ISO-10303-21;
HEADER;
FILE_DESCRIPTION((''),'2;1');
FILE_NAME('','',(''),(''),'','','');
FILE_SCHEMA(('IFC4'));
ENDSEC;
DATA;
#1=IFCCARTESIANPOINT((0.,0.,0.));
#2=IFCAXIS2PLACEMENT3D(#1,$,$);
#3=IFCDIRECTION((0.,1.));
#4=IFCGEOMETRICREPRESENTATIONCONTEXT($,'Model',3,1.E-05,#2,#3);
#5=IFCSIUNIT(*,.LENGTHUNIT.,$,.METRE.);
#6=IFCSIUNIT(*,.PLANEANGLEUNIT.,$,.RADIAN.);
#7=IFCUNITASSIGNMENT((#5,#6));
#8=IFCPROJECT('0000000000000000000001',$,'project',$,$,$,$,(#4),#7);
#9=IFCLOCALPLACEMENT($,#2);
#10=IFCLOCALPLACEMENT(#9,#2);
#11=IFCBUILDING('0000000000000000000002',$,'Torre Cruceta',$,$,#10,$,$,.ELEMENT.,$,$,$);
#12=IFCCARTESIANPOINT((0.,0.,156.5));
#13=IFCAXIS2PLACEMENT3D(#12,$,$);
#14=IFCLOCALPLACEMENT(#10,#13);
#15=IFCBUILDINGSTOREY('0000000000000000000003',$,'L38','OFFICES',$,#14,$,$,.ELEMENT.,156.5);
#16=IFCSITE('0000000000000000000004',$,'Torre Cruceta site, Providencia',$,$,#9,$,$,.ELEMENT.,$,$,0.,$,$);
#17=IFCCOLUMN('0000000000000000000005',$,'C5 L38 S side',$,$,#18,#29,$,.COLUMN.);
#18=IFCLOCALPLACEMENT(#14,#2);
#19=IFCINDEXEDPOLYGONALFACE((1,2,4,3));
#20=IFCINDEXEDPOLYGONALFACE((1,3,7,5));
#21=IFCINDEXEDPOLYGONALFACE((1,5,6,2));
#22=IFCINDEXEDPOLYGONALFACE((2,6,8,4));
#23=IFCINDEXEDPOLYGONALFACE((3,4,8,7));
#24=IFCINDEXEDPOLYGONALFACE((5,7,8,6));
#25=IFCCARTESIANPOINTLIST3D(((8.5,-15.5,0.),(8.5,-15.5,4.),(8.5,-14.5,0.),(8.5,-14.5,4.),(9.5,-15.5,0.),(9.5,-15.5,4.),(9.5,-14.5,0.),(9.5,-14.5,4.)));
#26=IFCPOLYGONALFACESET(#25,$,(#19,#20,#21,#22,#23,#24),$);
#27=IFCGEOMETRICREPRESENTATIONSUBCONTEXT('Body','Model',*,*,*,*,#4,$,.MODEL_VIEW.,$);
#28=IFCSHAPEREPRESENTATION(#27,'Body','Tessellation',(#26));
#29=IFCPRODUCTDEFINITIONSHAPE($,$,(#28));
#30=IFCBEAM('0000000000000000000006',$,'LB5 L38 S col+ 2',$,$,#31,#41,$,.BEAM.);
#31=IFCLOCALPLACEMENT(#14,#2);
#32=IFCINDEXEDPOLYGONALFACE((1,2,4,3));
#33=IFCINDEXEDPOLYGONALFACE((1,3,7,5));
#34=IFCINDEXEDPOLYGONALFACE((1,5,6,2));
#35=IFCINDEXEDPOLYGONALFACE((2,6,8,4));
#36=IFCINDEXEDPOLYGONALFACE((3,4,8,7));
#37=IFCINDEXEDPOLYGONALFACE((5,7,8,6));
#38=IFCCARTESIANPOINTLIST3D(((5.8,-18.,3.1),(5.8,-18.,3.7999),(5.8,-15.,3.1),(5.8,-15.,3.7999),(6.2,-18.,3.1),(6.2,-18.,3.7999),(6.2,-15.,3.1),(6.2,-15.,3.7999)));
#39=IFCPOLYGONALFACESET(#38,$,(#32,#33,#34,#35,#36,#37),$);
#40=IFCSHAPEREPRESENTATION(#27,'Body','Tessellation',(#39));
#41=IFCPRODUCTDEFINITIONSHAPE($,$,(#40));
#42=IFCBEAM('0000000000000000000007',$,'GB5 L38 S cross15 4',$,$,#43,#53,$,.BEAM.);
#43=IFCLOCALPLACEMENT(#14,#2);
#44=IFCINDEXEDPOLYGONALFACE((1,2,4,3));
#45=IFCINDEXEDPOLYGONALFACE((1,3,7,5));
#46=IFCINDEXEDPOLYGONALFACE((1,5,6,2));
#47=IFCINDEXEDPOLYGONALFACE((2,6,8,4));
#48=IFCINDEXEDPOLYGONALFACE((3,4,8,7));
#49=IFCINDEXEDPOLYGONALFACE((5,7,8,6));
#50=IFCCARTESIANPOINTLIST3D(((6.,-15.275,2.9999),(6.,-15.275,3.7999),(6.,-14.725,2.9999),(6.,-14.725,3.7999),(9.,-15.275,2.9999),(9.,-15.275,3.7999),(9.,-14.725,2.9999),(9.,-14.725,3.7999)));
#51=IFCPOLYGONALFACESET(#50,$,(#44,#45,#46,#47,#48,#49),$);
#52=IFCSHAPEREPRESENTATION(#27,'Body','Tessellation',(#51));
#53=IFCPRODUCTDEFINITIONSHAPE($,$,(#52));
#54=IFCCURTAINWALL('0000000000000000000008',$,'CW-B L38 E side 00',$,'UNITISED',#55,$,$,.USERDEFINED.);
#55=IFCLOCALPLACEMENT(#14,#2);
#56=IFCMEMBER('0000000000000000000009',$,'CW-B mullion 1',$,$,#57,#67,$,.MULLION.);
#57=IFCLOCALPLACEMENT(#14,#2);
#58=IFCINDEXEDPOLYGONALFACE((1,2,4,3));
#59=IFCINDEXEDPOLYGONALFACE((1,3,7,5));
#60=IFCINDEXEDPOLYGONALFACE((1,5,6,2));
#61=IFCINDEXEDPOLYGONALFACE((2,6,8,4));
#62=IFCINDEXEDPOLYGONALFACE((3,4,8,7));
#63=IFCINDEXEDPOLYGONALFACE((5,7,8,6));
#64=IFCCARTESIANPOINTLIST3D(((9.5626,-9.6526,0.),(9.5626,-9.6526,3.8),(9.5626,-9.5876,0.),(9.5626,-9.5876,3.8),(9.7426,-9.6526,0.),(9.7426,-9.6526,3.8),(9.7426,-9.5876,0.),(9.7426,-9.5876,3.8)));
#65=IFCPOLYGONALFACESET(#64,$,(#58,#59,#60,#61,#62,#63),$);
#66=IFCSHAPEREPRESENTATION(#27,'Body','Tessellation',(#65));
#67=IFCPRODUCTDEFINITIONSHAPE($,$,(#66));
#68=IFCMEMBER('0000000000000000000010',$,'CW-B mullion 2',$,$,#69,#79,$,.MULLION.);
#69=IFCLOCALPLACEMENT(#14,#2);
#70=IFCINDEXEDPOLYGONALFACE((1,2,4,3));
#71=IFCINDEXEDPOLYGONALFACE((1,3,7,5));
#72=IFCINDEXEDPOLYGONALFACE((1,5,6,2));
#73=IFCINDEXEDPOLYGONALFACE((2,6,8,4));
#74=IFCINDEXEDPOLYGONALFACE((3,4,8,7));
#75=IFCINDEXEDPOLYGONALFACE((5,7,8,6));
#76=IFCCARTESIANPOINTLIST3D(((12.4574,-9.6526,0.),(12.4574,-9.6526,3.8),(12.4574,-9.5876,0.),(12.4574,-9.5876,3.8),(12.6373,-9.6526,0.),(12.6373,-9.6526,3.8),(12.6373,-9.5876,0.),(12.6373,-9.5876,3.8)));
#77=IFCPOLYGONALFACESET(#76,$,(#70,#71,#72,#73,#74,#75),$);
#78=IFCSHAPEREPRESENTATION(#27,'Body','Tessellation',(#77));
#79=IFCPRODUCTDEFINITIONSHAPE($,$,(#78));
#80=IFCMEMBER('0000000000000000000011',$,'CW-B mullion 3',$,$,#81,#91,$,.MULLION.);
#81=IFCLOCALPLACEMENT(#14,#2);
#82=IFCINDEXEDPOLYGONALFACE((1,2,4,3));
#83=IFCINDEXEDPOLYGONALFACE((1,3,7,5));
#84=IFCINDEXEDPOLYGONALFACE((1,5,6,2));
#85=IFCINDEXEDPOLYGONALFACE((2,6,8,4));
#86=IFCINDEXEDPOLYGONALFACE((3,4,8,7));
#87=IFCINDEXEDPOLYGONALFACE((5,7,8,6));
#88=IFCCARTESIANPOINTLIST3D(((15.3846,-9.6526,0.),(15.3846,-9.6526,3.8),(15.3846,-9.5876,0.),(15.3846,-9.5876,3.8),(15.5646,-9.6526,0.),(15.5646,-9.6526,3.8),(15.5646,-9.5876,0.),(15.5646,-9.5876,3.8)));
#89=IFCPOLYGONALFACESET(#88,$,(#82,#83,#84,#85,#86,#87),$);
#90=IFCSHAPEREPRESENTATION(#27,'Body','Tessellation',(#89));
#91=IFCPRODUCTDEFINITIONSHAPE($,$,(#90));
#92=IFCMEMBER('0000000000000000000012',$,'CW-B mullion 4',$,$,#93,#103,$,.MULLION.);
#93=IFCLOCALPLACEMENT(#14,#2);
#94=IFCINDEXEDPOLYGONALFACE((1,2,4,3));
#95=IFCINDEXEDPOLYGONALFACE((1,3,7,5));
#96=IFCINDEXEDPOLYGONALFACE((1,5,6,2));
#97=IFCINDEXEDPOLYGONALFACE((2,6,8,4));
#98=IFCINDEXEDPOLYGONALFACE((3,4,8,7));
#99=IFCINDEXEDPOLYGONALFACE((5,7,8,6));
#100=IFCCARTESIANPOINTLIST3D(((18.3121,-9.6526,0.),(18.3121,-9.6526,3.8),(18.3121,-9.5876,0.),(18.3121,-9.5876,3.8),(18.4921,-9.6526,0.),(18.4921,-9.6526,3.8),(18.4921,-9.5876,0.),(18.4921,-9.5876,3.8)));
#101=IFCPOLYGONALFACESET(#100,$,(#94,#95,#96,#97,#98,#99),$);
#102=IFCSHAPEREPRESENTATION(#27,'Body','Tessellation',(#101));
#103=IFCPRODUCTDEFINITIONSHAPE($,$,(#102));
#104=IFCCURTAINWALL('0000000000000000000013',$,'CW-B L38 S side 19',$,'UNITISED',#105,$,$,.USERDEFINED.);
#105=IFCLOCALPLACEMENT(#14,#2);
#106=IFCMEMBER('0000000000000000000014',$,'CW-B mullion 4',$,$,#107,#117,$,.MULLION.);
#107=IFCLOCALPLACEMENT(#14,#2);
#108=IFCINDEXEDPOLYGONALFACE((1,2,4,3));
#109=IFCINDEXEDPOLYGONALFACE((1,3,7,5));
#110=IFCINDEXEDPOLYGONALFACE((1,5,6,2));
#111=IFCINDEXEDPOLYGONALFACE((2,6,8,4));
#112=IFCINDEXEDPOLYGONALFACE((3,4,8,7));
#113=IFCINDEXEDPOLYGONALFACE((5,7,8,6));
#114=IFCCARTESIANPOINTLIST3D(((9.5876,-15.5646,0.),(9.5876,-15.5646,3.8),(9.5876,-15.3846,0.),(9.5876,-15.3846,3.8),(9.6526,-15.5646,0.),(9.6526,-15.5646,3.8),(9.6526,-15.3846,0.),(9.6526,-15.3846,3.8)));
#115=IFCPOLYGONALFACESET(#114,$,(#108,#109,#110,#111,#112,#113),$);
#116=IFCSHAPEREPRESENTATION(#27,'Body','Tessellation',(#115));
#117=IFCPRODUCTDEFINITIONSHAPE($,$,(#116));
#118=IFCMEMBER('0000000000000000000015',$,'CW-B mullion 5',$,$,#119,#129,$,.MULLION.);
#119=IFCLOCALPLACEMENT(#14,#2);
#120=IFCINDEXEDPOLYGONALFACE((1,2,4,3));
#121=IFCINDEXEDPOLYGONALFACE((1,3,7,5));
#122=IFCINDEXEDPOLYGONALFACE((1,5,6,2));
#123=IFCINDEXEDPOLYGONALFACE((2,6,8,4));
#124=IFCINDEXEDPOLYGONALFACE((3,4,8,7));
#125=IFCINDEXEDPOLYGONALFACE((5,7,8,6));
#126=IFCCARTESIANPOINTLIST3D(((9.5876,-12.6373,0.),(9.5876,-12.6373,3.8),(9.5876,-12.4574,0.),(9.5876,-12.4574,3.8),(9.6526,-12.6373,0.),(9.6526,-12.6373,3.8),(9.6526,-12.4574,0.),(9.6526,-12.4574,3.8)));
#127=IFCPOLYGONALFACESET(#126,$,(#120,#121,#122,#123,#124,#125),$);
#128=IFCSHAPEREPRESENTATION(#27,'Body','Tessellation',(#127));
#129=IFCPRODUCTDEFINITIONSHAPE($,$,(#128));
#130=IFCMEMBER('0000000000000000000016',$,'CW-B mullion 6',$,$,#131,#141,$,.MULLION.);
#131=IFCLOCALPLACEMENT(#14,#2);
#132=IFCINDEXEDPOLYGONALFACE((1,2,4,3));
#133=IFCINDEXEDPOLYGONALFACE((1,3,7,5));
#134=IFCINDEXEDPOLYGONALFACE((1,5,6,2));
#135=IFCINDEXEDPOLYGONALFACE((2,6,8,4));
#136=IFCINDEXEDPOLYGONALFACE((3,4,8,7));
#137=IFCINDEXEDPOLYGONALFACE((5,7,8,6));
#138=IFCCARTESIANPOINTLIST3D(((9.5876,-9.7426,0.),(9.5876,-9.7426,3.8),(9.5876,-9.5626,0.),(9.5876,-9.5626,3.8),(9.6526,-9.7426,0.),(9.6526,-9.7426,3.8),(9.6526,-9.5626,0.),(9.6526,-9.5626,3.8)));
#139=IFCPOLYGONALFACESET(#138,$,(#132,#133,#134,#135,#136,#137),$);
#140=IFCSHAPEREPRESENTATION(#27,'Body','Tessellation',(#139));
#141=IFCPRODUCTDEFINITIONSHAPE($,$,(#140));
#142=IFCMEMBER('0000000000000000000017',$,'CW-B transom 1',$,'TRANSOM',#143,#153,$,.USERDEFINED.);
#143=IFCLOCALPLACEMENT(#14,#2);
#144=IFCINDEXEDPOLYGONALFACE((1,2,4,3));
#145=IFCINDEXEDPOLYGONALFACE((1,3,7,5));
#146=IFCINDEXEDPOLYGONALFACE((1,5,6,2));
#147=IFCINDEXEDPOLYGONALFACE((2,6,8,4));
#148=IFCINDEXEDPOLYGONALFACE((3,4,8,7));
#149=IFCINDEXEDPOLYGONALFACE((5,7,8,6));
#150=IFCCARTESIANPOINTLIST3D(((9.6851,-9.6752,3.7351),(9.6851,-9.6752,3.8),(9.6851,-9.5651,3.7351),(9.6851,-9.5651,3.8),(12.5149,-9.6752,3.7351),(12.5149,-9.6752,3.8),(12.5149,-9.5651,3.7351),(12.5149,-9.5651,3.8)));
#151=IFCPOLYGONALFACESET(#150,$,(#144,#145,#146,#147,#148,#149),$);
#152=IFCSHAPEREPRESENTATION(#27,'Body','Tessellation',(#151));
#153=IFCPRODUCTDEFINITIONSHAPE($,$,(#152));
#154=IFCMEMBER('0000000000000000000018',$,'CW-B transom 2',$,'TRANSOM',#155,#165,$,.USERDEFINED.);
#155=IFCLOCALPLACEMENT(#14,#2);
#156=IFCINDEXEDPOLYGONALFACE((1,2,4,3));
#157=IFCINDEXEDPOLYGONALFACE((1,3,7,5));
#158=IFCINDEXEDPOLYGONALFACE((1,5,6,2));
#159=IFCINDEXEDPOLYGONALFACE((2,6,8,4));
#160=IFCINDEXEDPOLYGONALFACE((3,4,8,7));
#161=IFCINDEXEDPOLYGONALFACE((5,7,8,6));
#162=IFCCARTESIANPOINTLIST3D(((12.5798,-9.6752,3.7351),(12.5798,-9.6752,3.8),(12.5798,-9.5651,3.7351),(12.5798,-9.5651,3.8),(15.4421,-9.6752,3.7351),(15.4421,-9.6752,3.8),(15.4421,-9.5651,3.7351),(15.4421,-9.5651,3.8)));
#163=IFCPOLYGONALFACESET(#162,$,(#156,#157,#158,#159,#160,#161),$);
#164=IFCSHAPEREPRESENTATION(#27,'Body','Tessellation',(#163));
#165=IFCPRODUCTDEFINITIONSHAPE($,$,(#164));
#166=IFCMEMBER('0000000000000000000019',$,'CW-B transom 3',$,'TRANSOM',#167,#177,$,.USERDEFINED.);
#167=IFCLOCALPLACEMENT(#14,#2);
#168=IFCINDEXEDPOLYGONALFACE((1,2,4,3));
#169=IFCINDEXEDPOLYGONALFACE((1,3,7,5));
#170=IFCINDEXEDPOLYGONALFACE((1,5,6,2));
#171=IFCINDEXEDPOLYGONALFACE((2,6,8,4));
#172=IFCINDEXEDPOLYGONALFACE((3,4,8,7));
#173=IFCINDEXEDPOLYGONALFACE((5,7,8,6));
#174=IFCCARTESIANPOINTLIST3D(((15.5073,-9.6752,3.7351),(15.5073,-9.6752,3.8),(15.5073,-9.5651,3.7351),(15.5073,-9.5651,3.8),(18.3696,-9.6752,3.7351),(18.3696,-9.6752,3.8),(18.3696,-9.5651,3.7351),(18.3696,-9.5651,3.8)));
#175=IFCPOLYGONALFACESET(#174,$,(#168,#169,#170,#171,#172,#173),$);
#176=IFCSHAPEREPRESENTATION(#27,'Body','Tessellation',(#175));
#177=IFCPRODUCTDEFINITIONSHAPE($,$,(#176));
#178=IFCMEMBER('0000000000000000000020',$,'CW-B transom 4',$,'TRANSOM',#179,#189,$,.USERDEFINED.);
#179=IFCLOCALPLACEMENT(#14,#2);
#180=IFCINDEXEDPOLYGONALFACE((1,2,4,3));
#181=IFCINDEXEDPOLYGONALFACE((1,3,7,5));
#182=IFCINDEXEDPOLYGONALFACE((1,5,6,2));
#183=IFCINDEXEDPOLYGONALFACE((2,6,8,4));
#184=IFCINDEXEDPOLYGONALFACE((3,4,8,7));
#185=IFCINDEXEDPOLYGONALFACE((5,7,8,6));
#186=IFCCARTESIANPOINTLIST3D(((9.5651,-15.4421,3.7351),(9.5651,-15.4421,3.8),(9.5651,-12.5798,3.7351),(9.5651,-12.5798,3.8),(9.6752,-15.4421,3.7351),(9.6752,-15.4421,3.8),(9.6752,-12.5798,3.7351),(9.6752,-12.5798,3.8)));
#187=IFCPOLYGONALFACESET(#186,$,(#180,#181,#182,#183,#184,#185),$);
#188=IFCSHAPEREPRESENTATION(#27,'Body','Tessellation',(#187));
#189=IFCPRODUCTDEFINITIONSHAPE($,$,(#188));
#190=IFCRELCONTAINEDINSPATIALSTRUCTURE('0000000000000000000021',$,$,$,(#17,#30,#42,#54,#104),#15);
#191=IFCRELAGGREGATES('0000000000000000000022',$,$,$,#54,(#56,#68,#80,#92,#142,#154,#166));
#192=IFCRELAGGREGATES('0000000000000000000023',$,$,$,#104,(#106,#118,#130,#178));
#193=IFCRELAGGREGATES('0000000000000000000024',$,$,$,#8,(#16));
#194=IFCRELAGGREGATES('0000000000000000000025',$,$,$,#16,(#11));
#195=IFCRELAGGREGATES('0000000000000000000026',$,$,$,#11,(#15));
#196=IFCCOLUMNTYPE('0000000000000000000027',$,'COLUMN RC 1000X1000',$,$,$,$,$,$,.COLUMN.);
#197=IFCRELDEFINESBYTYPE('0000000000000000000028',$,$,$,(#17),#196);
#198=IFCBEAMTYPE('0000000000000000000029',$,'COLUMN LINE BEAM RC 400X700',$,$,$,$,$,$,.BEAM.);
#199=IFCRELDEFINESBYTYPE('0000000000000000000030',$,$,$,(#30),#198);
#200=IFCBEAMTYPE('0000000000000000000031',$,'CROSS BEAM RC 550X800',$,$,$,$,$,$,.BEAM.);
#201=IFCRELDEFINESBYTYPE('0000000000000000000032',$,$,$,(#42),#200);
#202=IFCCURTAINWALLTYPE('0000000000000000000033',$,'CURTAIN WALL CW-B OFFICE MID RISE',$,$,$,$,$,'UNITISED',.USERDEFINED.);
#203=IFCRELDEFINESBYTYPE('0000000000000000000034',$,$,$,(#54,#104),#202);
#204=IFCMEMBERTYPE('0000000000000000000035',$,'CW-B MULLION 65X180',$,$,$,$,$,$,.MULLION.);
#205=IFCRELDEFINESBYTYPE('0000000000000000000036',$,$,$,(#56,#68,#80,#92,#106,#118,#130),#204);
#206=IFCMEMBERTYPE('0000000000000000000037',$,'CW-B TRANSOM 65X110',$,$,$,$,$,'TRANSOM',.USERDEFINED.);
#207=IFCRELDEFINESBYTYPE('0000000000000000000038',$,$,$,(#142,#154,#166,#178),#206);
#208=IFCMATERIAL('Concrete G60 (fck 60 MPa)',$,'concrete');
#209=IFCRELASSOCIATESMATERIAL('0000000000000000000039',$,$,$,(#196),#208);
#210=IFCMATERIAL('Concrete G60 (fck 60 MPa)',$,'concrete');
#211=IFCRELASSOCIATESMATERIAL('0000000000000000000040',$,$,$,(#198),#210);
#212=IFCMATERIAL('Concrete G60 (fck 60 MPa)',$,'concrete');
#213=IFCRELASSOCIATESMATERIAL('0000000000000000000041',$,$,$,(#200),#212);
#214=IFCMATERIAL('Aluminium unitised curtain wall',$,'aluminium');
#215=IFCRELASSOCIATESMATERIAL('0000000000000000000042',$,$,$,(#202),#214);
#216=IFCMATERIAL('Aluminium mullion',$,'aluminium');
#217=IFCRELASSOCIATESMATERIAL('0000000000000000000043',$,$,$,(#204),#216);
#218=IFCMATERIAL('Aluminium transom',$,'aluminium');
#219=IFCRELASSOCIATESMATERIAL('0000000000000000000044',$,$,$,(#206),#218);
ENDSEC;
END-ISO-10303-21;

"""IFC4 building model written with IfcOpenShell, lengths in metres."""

from ifc_helpers import new_model, si_unit, direction, frame, origin, origin_2d, place, context, subcontext, project, spatial, rectangle, extrude, material, material_profile, profile_set, type_object, element, aggregate, save


model = new_model("IFC4")

# Units and contexts
model_context = context("Model", 3, precision=1e-05, world=origin(), true_north=direction((0.0, 1.0)))
body_context = subcontext(model_context, "Body", "Model", "MODEL_VIEW")
ifc_project = project(units=[si_unit("LENGTHUNIT", "METRE"), si_unit("PLANEANGLEUNIT", "RADIAN")], contexts=[model_context])

# Site, building, storey
site_placement = place(None, origin())
site = spatial("IfcSite", under=ifc_project, at=site_placement, Name="Torre Cruceta site, Providencia", CompositionType="ELEMENT", RefElevation=0.0)
building_placement = place(site_placement, origin())
building = spatial("IfcBuilding", under=site, at=building_placement, Name="Torre Cruceta", CompositionType="ELEMENT")
storey_placement = place(building_placement, frame((0.0, 0.0, 156.5)))
storey = spatial("IfcBuildingStorey", under=building, at=storey_placement, Name="L38", Description="OFFICES", CompositionType="ELEMENT", Elevation=156.5)

# Column
ifc_material_1 = material(Name="Concrete G60 (fck 60 MPa)", Category="concrete")
ifc_material_profile_1 = material_profile(ifc_material_1, rectangle(XDim=1.0, YDim=1.0, at=origin_2d()), Name="RC 1000X1000")
ifc_profile_set_1 = profile_set([ifc_material_profile_1], Name="Concrete G60 (fck 60 MPa)")
column_type = type_object("IfcColumnType", Name="COLUMN RC 1000X1000", PredefinedType="COLUMN", material=ifc_profile_set_1)
column_placement = place(storey_placement, frame((9.0, -15.0, 0.0), z_axis=(0.0, 0.0, 1.0), x_axis=(1.0, 0.0, 0.0)))
element("IfcColumn", 1, at=column_placement, inside=storey, type_object=column_type, Name="C5 L38 S side", PredefinedType="COLUMN", context=body_context, shape_type="SweptSolid", body=[
    extrude(rectangle(XDim=1.0, YDim=1.0, at=origin_2d()), origin(), (0.0, 0.0, 1.0), 4.0),
])

# Beams
ifc_material_2 = material(Name="Concrete G60 (fck 60 MPa)", Category="concrete")
ifc_material_profile_2 = material_profile(ifc_material_2, rectangle(XDim=0.3999, YDim=0.7, at=origin_2d()), Name="RC 400X700")
ifc_profile_set_2 = profile_set([ifc_material_profile_2], Name="Concrete G60 (fck 60 MPa)")
beam_type_1 = type_object("IfcBeamType", Name="COLUMN LINE BEAM RC 400X700", PredefinedType="BEAM", material=ifc_profile_set_2)
beam_1_placement = place(storey_placement, frame((6.0, -15.0, 3.45), z_axis=(0.0, -1.0, 0.0), x_axis=(1.0, 0.0, 0.0)))
element("IfcBeam", 2, at=beam_1_placement, inside=storey, type_object=beam_type_1, Name="LB5 L38 S col+ 2", PredefinedType="BEAM", context=body_context, shape_type="SweptSolid", body=[
    extrude(rectangle(XDim=0.3999, YDim=0.7, at=origin_2d()), origin(), (0.0, 0.0, 1.0), 3.0),
])
ifc_material_3 = material(Name="Concrete G60 (fck 60 MPa)", Category="concrete")
ifc_material_profile_3 = material_profile(ifc_material_3, rectangle(XDim=0.55, YDim=0.8, at=origin_2d()), Name="RC 550X800")
ifc_profile_set_3 = profile_set([ifc_material_profile_3], Name="Concrete G60 (fck 60 MPa)")
beam_type_2 = type_object("IfcBeamType", Name="CROSS BEAM RC 550X800", PredefinedType="BEAM", material=ifc_profile_set_3)
beam_2_placement = place(storey_placement, frame((6.0, -15.0, 3.3999), z_axis=(1.0, 0.0, 0.0), x_axis=(0.0, 1.0, 0.0)))
element("IfcBeam", 3, at=beam_2_placement, inside=storey, type_object=beam_type_2, Name="GB5 L38 S cross15 4", PredefinedType="BEAM", context=body_context, shape_type="SweptSolid", body=[
    extrude(rectangle(XDim=0.55, YDim=0.8, at=origin_2d()), origin(), (0.0, 0.0, 1.0), 3.0),
])

# Curtain walls, members
ifc_material_4 = material(Name="Aluminium unitised curtain wall", Category="aluminium")
curtain_wall_type = type_object("IfcCurtainWallType", Name="CURTAIN WALL CW-B OFFICE MID RISE", ElementType="UNITISED", PredefinedType="USERDEFINED", material=ifc_material_4)
curtain_wall_1_placement = place(storey_placement, origin())
curtain_wall_1 = element("IfcCurtainWall", 4, at=curtain_wall_1_placement, inside=storey, type_object=curtain_wall_type, Name="CW-B L38 E side 00", ObjectType="UNITISED", PredefinedType="USERDEFINED")
ifc_material_5 = material(Name="Aluminium mullion", Category="aluminium")
ifc_material_profile_4 = material_profile(ifc_material_5, rectangle(XDim=0.0649, YDim=0.1799, at=origin_2d()), Name="AL 65X180")
ifc_profile_set_4 = profile_set([ifc_material_profile_4], Name="Aluminium mullion")
member_type_1 = type_object("IfcMemberType", Name="CW-B MULLION 65X180", PredefinedType="MULLION", material=ifc_profile_set_4)
member_1_placement = place(storey_placement, frame((9.6526, -9.6201, 0.0), z_axis=(0.0, 0.0, 1.0), x_axis=(0.0, 1.0, 0.0)))
member_1 = element("IfcMember", 5, at=member_1_placement, type_object=member_type_1, Name="CW-B mullion 1", PredefinedType="MULLION", context=body_context, shape_type="SweptSolid", body=[
    extrude(rectangle(XDim=0.0649, YDim=0.1799, at=origin_2d()), origin(), (0.0, 0.0, 1.0), 3.8),
])
member_2_placement = place(storey_placement, frame((12.5474, -9.6201, 0.0), z_axis=(0.0, 0.0, 1.0), x_axis=(0.0, 1.0, 0.0)))
member_2 = element("IfcMember", 6, at=member_2_placement, type_object=member_type_1, Name="CW-B mullion 2", PredefinedType="MULLION", context=body_context, shape_type="SweptSolid", body=[
    extrude(rectangle(XDim=0.0649, YDim=0.1799, at=origin_2d()), origin(), (0.0, 0.0, 1.0), 3.8),
])
member_3_placement = place(storey_placement, frame((15.4746, -9.6201, 0.0), z_axis=(0.0, 0.0, 1.0), x_axis=(0.0, 1.0, 0.0)))
member_3 = element("IfcMember", 7, at=member_3_placement, type_object=member_type_1, Name="CW-B mullion 3", PredefinedType="MULLION", context=body_context, shape_type="SweptSolid", body=[
    extrude(rectangle(XDim=0.0649, YDim=0.1799, at=origin_2d()), origin(), (0.0, 0.0, 1.0), 3.8),
])
member_4_placement = place(storey_placement, frame((18.4021, -9.6201, 0.0), z_axis=(0.0, 0.0, 1.0), x_axis=(0.0, 1.0, 0.0)))
member_4 = element("IfcMember", 8, at=member_4_placement, type_object=member_type_1, Name="CW-B mullion 4", PredefinedType="MULLION", context=body_context, shape_type="SweptSolid", body=[
    extrude(rectangle(XDim=0.0649, YDim=0.1799, at=origin_2d()), origin(), (0.0, 0.0, 1.0), 3.8),
])
curtain_wall_2_placement = place(storey_placement, origin())
curtain_wall_2 = element("IfcCurtainWall", 9, at=curtain_wall_2_placement, inside=storey, type_object=curtain_wall_type, Name="CW-B L38 S side 19", ObjectType="UNITISED", PredefinedType="USERDEFINED")
member_5_placement = place(storey_placement, frame((9.6201, -15.4746, 0.0), z_axis=(0.0, 0.0, 1.0), x_axis=(-1.0, 0.0, 0.0)))
member_5 = element("IfcMember", 10, at=member_5_placement, type_object=member_type_1, Name="CW-B mullion 4", PredefinedType="MULLION", context=body_context, shape_type="SweptSolid", body=[
    extrude(rectangle(XDim=0.0649, YDim=0.1799, at=origin_2d()), origin(), (0.0, 0.0, 1.0), 3.8),
])
member_6_placement = place(storey_placement, frame((9.6201, -12.5474, 0.0), z_axis=(0.0, 0.0, 1.0), x_axis=(-1.0, 0.0, 0.0)))
member_6 = element("IfcMember", 11, at=member_6_placement, type_object=member_type_1, Name="CW-B mullion 5", PredefinedType="MULLION", context=body_context, shape_type="SweptSolid", body=[
    extrude(rectangle(XDim=0.0649, YDim=0.1799, at=origin_2d()), origin(), (0.0, 0.0, 1.0), 3.8),
])
member_7_placement = place(storey_placement, frame((9.6201, -9.6526, 0.0), z_axis=(0.0, 0.0, 1.0), x_axis=(-1.0, 0.0, 0.0)))
member_7 = element("IfcMember", 12, at=member_7_placement, type_object=member_type_1, Name="CW-B mullion 6", PredefinedType="MULLION", context=body_context, shape_type="SweptSolid", body=[
    extrude(rectangle(XDim=0.0649, YDim=0.1799, at=origin_2d()), origin(), (0.0, 0.0, 1.0), 3.8),
])

# Members
ifc_material_6 = material(Name="Aluminium transom", Category="aluminium")
ifc_material_profile_5 = material_profile(ifc_material_6, rectangle(XDim=0.1101, YDim=0.0649, at=origin_2d()), Name="AL 110X65")
ifc_profile_set_5 = profile_set([ifc_material_profile_5], Name="Aluminium transom")
member_type_2 = type_object("IfcMemberType", Name="CW-B TRANSOM 65X110", ElementType="TRANSOM", PredefinedType="USERDEFINED", material=ifc_profile_set_5)
member_8_placement = place(storey_placement, frame((9.6851, -9.6201, 3.7676), z_axis=(1.0, 0.0, 0.0), x_axis=(0.0, 1.0, 0.0)))
member_8 = element("IfcMember", 13, at=member_8_placement, type_object=member_type_2, Name="CW-B transom 1", ObjectType="TRANSOM", PredefinedType="USERDEFINED", context=body_context, shape_type="SweptSolid", body=[
    extrude(rectangle(XDim=0.1101, YDim=0.0649, at=origin_2d()), origin(), (0.0, 0.0, 1.0), 2.8298),
])
member_9_placement = place(storey_placement, frame((12.5798, -9.6201, 3.7676), z_axis=(1.0, 0.0, 0.0), x_axis=(0.0, 1.0, 0.0)))
member_9 = element("IfcMember", 14, at=member_9_placement, type_object=member_type_2, Name="CW-B transom 2", ObjectType="TRANSOM", PredefinedType="USERDEFINED", context=body_context, shape_type="SweptSolid", body=[
    extrude(rectangle(XDim=0.1101, YDim=0.0649, at=origin_2d()), origin(), (0.0, 0.0, 1.0), 2.8623),
])
member_10_placement = place(storey_placement, frame((15.5073, -9.6201, 3.7676), z_axis=(1.0, 0.0, 0.0), x_axis=(0.0, 1.0, 0.0)))
member_10 = element("IfcMember", 15, at=member_10_placement, type_object=member_type_2, Name="CW-B transom 3", ObjectType="TRANSOM", PredefinedType="USERDEFINED", context=body_context, shape_type="SweptSolid", body=[
    extrude(rectangle(XDim=0.1101, YDim=0.0649, at=origin_2d()), origin(), (0.0, 0.0, 1.0), 2.8623),
])
member_11_placement = place(storey_placement, frame((9.6201, -15.4421, 3.7676), z_axis=(0.0, 1.0, 0.0), x_axis=(-1.0, 0.0, 0.0)))
member_11 = element("IfcMember", 16, at=member_11_placement, type_object=member_type_2, Name="CW-B transom 4", ObjectType="TRANSOM", PredefinedType="USERDEFINED", context=body_context, shape_type="SweptSolid", body=[
    extrude(rectangle(XDim=0.1101, YDim=0.0649, at=origin_2d()), origin(), (0.0, 0.0, 1.0), 2.8623),
])

aggregate(curtain_wall_1, [member_1, member_2, member_3, member_4, member_8, member_9, member_10])
aggregate(curtain_wall_2, [member_5, member_6, member_7, member_11])

save(model, "model.ifc")
